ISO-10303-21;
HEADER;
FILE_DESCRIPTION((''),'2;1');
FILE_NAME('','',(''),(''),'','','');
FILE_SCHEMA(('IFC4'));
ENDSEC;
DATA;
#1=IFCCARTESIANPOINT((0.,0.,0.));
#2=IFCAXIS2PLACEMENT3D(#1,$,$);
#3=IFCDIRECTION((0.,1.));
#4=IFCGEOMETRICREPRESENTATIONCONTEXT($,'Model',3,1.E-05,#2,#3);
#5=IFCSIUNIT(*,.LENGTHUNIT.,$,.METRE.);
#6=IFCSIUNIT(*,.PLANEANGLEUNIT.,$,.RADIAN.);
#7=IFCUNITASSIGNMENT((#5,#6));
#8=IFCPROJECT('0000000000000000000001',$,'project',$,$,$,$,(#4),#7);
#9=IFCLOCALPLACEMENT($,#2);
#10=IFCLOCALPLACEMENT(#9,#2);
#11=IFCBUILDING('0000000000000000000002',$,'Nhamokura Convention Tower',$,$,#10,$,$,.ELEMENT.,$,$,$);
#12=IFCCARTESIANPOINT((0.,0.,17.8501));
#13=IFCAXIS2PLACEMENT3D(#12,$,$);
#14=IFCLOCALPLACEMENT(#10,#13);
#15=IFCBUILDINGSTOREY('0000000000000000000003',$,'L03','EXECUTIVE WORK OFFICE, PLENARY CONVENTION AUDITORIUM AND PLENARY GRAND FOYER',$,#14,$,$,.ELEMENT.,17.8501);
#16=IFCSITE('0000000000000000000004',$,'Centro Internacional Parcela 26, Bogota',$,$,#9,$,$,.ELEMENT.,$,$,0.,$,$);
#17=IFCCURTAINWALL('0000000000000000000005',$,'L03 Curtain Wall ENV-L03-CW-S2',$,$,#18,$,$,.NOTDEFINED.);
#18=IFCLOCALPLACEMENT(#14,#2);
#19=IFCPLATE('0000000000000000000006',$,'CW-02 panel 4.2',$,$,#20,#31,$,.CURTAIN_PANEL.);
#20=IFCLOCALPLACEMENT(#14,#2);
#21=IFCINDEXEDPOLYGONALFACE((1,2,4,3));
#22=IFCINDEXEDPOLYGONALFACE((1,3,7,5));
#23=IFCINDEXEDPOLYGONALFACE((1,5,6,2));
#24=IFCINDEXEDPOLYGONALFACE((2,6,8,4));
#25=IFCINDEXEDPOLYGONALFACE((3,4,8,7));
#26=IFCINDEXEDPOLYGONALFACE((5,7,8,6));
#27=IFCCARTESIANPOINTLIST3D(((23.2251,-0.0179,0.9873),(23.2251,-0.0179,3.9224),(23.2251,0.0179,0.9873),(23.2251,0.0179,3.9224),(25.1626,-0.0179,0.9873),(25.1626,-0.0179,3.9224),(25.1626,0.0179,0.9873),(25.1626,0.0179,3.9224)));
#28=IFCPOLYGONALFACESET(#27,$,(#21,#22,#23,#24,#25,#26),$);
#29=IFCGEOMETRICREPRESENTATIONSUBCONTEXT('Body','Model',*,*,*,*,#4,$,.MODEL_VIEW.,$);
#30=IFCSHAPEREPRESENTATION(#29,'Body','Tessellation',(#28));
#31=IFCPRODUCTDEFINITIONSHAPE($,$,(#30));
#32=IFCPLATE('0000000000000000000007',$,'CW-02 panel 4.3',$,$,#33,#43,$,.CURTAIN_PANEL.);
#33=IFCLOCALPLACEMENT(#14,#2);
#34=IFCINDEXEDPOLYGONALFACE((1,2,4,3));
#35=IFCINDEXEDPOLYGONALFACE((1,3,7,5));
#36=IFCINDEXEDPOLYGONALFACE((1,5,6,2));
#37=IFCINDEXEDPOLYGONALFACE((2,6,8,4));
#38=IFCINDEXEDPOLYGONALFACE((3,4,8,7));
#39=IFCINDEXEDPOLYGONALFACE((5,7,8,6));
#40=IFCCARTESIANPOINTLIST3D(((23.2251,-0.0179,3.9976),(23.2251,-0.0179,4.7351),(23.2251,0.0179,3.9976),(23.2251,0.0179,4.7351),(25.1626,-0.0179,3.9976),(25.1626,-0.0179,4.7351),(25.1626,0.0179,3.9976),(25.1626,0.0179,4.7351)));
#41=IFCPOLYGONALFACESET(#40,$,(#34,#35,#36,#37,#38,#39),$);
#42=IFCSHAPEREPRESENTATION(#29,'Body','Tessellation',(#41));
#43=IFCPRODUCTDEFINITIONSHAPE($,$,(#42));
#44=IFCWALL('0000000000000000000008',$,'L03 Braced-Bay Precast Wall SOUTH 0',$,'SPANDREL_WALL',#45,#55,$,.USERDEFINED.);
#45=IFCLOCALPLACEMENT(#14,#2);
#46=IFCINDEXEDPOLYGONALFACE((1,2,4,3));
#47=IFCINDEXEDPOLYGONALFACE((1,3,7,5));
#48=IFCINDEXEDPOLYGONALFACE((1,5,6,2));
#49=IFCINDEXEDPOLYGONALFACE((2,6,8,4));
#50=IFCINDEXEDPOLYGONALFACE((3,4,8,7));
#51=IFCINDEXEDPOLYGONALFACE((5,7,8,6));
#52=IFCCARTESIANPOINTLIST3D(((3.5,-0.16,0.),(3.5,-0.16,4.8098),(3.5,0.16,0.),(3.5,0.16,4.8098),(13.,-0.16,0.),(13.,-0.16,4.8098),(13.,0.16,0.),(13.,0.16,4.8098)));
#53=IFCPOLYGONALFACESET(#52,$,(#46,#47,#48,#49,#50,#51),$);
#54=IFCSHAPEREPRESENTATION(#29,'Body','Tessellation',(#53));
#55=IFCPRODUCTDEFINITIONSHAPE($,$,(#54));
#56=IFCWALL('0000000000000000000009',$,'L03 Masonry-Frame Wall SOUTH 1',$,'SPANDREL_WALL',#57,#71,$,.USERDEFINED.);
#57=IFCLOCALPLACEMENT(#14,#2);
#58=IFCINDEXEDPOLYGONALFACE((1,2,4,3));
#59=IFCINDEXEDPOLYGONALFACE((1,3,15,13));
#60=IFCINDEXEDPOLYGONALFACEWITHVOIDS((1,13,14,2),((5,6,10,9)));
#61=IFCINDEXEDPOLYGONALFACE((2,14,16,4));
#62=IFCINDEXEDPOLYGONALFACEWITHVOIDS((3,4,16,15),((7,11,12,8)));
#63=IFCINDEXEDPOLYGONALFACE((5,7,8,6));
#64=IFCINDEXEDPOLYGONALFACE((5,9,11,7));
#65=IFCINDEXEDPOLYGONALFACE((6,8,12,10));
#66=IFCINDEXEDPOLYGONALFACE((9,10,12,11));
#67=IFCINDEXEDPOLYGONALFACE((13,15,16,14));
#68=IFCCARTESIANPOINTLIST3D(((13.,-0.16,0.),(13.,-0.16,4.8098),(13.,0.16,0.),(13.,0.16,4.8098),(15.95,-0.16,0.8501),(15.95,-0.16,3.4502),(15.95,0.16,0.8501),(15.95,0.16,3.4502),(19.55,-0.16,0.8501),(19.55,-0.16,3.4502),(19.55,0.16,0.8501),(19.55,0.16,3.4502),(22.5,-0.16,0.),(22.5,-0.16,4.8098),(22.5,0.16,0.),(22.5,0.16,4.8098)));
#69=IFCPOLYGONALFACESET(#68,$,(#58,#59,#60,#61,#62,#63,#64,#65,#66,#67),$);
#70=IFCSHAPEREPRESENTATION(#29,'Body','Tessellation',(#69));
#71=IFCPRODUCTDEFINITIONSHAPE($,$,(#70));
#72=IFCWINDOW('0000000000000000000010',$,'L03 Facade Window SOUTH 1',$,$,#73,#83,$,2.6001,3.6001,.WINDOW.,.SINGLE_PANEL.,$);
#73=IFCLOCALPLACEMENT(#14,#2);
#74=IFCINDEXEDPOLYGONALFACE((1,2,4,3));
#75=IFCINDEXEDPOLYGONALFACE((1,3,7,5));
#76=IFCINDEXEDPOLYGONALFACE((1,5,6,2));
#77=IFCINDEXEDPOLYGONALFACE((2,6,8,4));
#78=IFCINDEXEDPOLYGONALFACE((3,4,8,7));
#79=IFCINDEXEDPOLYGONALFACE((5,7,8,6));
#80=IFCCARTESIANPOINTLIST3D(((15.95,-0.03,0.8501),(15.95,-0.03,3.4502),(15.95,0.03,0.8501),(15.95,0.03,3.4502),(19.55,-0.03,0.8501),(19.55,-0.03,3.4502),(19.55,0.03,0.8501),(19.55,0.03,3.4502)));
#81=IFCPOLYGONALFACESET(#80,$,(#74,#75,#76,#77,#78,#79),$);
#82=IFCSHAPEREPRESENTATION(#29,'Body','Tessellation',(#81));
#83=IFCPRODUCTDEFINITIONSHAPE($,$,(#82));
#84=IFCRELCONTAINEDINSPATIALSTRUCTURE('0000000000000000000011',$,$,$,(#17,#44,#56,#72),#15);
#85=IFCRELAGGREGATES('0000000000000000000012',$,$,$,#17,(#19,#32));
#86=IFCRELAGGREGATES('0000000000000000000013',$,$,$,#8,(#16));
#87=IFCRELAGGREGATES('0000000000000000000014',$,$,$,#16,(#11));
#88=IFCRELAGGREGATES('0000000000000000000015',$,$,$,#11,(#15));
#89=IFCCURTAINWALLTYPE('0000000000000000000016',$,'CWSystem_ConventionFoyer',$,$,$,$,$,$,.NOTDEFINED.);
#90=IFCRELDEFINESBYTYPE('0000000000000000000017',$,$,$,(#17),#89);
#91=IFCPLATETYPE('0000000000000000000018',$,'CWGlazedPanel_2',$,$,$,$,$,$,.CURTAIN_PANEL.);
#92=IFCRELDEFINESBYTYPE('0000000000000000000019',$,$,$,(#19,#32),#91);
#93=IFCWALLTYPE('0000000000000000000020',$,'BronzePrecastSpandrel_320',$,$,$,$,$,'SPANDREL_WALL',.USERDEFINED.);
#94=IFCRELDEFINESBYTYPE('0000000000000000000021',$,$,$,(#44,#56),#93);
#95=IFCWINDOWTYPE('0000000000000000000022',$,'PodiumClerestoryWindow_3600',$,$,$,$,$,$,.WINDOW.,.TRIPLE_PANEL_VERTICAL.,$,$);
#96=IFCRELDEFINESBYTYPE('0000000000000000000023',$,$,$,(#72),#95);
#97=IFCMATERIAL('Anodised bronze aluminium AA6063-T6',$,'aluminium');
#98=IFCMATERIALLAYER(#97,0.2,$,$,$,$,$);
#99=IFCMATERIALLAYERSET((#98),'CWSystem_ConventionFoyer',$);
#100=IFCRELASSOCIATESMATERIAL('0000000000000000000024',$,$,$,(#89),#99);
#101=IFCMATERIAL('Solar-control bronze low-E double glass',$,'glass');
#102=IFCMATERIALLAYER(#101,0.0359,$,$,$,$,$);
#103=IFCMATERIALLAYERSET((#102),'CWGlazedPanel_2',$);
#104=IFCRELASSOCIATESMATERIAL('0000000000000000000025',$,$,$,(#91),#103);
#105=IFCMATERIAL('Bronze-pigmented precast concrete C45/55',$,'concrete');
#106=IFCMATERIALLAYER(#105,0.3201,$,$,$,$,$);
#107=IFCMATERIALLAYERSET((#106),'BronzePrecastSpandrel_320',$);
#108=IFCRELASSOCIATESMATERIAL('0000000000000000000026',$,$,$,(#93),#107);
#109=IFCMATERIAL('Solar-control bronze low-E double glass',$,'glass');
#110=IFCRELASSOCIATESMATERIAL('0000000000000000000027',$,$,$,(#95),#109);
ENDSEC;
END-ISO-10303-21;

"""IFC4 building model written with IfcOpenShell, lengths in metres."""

from ifc_helpers import new_model, si_unit, direction, frame, frame_2d, origin, origin_2d, place, context, subcontext, project, spatial, rectangle, extrude, material, layer, layer_set, type_object, element, fill, aggregate, save


model = new_model("IFC4")

# Units and contexts
model_context = context("Model", 3, precision=1e-05, world=origin(), true_north=direction((0.0, 1.0)))
body_context = subcontext(model_context, "Body", "Model", "MODEL_VIEW")
ifc_project = project(units=[si_unit("LENGTHUNIT", "METRE"), si_unit("PLANEANGLEUNIT", "RADIAN")], contexts=[model_context])

# Site, building, storey
site_placement = place(None, origin())
site = spatial("IfcSite", under=ifc_project, at=site_placement, Name="Centro Internacional Parcela 26, Bogota", CompositionType="ELEMENT", RefElevation=0.0)
building_placement = place(site_placement, origin())
building = spatial("IfcBuilding", under=site, at=building_placement, Name="Nhamokura Convention Tower", CompositionType="ELEMENT")
storey_placement = place(building_placement, frame((0.0, 0.0, 17.8501)))
storey = spatial("IfcBuildingStorey", under=building, at=storey_placement, Name="L03", Description="EXECUTIVE WORK OFFICE, PLENARY CONVENTION AUDITORIUM AND PLENARY GRAND FOYER", CompositionType="ELEMENT", Elevation=17.8501)

# Curtain wall
ifc_material_1 = material(Name="Anodised bronze aluminium AA6063-T6", Category="aluminium")
ifc_layer_1 = layer(ifc_material_1, 0.2)
ifc_layer_set_1 = layer_set([ifc_layer_1], Name="CWSystem_ConventionFoyer")
curtain_wall_type = type_object("IfcCurtainWallType", Name="CWSystem_ConventionFoyer", PredefinedType="NOTDEFINED", material=ifc_layer_set_1)
curtain_wall_placement = place(storey_placement, origin())
curtain_wall = element("IfcCurtainWall", 1, at=curtain_wall_placement, inside=storey, type_object=curtain_wall_type, Name="L03 Curtain Wall ENV-L03-CW-S2", PredefinedType="NOTDEFINED")

# Plates
ifc_material_2 = material(Name="Solar-control bronze low-E double glass", Category="glass")
ifc_layer_2 = layer(ifc_material_2, 0.0359)
ifc_layer_set_2 = layer_set([ifc_layer_2], Name="CWGlazedPanel_2")
plate_type = type_object("IfcPlateType", Name="CWGlazedPanel_2", PredefinedType="CURTAIN_PANEL", material=ifc_layer_set_2)
plate_1_placement = place(storey_placement, frame((24.1938, 0.0, 0.9873), z_axis=(0.0, 0.0, 1.0), x_axis=(-1.0, 0.0, 0.0)))
plate_1 = element("IfcPlate", 2, at=plate_1_placement, type_object=plate_type, Name="CW-02 panel 4.2", PredefinedType="CURTAIN_PANEL", context=body_context, shape_type="SweptSolid", body=[
    extrude(rectangle(XDim=1.9375, YDim=0.0359, at=origin_2d()), origin(), (0.0, 0.0, 1.0), 2.9351),
])
plate_2_placement = place(storey_placement, frame((24.1938, 0.0, 3.9976), z_axis=(0.0, 0.0, 1.0), x_axis=(-1.0, 0.0, 0.0)))
plate_2 = element("IfcPlate", 3, at=plate_2_placement, type_object=plate_type, Name="CW-02 panel 4.3", PredefinedType="CURTAIN_PANEL", context=body_context, shape_type="SweptSolid", body=[
    extrude(rectangle(XDim=1.9375, YDim=0.0359, at=origin_2d()), origin(), (0.0, 0.0, 1.0), 0.7375),
])
aggregate(curtain_wall, [plate_1, plate_2])

# Wall
ifc_material_3 = material(Name="Bronze-pigmented precast concrete C45/55", Category="concrete")
ifc_layer_3 = layer(ifc_material_3, 0.3201)
ifc_layer_set_3 = layer_set([ifc_layer_3], Name="BronzePrecastSpandrel_320")
wall_type = type_object("IfcWallType", Name="BronzePrecastSpandrel_320", ElementType="SPANDREL_WALL", PredefinedType="USERDEFINED", material=ifc_layer_set_3)
wall_1_placement = place(storey_placement, frame((13.0, 0.0, 0.0), z_axis=(0.0, 0.0, 1.0), x_axis=(-1.0, 0.0, 0.0)))
element("IfcWall", 4, at=wall_1_placement, inside=storey, type_object=wall_type, Name="L03 Braced-Bay Precast Wall SOUTH 0", ObjectType="SPANDREL_WALL", PredefinedType="USERDEFINED", context=body_context, shape_type="SweptSolid", body=[
    extrude(rectangle(XDim=9.5, YDim=0.3201, at=frame_2d((4.75, 0.0))), origin(), (0.0, 0.0, 1.0), 4.8098),
])

# Wall, opening, window
wall_2_placement = place(storey_placement, frame((22.5, 0.0, 0.0), z_axis=(0.0, 0.0, 1.0), x_axis=(-1.0, 0.0, 0.0)))
wall_2 = element("IfcWall", 5, at=wall_2_placement, inside=storey, type_object=wall_type, Name="L03 Masonry-Frame Wall SOUTH 1", ObjectType="SPANDREL_WALL", PredefinedType="USERDEFINED", context=body_context, shape_type="SweptSolid", body=[
    extrude(rectangle(XDim=9.5, YDim=0.3201, at=frame_2d((4.75, 0.0))), origin(), (0.0, 0.0, 1.0), 4.8098),
])
opening_placement = place(wall_2_placement, frame((2.95, 0.0, 0.8501)))
opening = element("IfcOpeningElement", 6, at=opening_placement, cuts=wall_2, PredefinedType="OPENING", context=body_context, shape_type="SweptSolid", body=[
    extrude(rectangle(XDim=3.6001, YDim=2.6001, at=frame_2d((1.8, 1.3))), frame((0.0, 0.1699, 0.0), z_axis=(0.0, -1.0, 0.0), x_axis=(1.0, 0.0, 0.0)), (0.0, 0.0, 1.0), 0.3401),
])
ifc_material_4 = material(Name="Solar-control bronze low-E double glass", Category="glass")
window_type = type_object("IfcWindowType", Name="PodiumClerestoryWindow_3600", PartitioningType="TRIPLE_PANEL_VERTICAL", PredefinedType="WINDOW", material=ifc_material_4)
window_placement = place(opening_placement, origin())
window = element("IfcWindow", 7, at=window_placement, inside=storey, type_object=window_type, Name="L03 Facade Window SOUTH 1", OverallHeight=2.6001, OverallWidth=3.6001, PartitioningType="SINGLE_PANEL", PredefinedType="WINDOW", context=body_context, shape_type="SweptSolid", body=[
    extrude(rectangle(XDim=3.6001, YDim=2.6001, at=frame_2d((1.8, 1.3))), frame((0.0, 0.03, 0.0), z_axis=(0.0, -1.0, 0.0), x_axis=(1.0, 0.0, 0.0)), (0.0, 0.0, 1.0), 0.0601),
])
fill(opening, window)

save(model, "model.ifc")
